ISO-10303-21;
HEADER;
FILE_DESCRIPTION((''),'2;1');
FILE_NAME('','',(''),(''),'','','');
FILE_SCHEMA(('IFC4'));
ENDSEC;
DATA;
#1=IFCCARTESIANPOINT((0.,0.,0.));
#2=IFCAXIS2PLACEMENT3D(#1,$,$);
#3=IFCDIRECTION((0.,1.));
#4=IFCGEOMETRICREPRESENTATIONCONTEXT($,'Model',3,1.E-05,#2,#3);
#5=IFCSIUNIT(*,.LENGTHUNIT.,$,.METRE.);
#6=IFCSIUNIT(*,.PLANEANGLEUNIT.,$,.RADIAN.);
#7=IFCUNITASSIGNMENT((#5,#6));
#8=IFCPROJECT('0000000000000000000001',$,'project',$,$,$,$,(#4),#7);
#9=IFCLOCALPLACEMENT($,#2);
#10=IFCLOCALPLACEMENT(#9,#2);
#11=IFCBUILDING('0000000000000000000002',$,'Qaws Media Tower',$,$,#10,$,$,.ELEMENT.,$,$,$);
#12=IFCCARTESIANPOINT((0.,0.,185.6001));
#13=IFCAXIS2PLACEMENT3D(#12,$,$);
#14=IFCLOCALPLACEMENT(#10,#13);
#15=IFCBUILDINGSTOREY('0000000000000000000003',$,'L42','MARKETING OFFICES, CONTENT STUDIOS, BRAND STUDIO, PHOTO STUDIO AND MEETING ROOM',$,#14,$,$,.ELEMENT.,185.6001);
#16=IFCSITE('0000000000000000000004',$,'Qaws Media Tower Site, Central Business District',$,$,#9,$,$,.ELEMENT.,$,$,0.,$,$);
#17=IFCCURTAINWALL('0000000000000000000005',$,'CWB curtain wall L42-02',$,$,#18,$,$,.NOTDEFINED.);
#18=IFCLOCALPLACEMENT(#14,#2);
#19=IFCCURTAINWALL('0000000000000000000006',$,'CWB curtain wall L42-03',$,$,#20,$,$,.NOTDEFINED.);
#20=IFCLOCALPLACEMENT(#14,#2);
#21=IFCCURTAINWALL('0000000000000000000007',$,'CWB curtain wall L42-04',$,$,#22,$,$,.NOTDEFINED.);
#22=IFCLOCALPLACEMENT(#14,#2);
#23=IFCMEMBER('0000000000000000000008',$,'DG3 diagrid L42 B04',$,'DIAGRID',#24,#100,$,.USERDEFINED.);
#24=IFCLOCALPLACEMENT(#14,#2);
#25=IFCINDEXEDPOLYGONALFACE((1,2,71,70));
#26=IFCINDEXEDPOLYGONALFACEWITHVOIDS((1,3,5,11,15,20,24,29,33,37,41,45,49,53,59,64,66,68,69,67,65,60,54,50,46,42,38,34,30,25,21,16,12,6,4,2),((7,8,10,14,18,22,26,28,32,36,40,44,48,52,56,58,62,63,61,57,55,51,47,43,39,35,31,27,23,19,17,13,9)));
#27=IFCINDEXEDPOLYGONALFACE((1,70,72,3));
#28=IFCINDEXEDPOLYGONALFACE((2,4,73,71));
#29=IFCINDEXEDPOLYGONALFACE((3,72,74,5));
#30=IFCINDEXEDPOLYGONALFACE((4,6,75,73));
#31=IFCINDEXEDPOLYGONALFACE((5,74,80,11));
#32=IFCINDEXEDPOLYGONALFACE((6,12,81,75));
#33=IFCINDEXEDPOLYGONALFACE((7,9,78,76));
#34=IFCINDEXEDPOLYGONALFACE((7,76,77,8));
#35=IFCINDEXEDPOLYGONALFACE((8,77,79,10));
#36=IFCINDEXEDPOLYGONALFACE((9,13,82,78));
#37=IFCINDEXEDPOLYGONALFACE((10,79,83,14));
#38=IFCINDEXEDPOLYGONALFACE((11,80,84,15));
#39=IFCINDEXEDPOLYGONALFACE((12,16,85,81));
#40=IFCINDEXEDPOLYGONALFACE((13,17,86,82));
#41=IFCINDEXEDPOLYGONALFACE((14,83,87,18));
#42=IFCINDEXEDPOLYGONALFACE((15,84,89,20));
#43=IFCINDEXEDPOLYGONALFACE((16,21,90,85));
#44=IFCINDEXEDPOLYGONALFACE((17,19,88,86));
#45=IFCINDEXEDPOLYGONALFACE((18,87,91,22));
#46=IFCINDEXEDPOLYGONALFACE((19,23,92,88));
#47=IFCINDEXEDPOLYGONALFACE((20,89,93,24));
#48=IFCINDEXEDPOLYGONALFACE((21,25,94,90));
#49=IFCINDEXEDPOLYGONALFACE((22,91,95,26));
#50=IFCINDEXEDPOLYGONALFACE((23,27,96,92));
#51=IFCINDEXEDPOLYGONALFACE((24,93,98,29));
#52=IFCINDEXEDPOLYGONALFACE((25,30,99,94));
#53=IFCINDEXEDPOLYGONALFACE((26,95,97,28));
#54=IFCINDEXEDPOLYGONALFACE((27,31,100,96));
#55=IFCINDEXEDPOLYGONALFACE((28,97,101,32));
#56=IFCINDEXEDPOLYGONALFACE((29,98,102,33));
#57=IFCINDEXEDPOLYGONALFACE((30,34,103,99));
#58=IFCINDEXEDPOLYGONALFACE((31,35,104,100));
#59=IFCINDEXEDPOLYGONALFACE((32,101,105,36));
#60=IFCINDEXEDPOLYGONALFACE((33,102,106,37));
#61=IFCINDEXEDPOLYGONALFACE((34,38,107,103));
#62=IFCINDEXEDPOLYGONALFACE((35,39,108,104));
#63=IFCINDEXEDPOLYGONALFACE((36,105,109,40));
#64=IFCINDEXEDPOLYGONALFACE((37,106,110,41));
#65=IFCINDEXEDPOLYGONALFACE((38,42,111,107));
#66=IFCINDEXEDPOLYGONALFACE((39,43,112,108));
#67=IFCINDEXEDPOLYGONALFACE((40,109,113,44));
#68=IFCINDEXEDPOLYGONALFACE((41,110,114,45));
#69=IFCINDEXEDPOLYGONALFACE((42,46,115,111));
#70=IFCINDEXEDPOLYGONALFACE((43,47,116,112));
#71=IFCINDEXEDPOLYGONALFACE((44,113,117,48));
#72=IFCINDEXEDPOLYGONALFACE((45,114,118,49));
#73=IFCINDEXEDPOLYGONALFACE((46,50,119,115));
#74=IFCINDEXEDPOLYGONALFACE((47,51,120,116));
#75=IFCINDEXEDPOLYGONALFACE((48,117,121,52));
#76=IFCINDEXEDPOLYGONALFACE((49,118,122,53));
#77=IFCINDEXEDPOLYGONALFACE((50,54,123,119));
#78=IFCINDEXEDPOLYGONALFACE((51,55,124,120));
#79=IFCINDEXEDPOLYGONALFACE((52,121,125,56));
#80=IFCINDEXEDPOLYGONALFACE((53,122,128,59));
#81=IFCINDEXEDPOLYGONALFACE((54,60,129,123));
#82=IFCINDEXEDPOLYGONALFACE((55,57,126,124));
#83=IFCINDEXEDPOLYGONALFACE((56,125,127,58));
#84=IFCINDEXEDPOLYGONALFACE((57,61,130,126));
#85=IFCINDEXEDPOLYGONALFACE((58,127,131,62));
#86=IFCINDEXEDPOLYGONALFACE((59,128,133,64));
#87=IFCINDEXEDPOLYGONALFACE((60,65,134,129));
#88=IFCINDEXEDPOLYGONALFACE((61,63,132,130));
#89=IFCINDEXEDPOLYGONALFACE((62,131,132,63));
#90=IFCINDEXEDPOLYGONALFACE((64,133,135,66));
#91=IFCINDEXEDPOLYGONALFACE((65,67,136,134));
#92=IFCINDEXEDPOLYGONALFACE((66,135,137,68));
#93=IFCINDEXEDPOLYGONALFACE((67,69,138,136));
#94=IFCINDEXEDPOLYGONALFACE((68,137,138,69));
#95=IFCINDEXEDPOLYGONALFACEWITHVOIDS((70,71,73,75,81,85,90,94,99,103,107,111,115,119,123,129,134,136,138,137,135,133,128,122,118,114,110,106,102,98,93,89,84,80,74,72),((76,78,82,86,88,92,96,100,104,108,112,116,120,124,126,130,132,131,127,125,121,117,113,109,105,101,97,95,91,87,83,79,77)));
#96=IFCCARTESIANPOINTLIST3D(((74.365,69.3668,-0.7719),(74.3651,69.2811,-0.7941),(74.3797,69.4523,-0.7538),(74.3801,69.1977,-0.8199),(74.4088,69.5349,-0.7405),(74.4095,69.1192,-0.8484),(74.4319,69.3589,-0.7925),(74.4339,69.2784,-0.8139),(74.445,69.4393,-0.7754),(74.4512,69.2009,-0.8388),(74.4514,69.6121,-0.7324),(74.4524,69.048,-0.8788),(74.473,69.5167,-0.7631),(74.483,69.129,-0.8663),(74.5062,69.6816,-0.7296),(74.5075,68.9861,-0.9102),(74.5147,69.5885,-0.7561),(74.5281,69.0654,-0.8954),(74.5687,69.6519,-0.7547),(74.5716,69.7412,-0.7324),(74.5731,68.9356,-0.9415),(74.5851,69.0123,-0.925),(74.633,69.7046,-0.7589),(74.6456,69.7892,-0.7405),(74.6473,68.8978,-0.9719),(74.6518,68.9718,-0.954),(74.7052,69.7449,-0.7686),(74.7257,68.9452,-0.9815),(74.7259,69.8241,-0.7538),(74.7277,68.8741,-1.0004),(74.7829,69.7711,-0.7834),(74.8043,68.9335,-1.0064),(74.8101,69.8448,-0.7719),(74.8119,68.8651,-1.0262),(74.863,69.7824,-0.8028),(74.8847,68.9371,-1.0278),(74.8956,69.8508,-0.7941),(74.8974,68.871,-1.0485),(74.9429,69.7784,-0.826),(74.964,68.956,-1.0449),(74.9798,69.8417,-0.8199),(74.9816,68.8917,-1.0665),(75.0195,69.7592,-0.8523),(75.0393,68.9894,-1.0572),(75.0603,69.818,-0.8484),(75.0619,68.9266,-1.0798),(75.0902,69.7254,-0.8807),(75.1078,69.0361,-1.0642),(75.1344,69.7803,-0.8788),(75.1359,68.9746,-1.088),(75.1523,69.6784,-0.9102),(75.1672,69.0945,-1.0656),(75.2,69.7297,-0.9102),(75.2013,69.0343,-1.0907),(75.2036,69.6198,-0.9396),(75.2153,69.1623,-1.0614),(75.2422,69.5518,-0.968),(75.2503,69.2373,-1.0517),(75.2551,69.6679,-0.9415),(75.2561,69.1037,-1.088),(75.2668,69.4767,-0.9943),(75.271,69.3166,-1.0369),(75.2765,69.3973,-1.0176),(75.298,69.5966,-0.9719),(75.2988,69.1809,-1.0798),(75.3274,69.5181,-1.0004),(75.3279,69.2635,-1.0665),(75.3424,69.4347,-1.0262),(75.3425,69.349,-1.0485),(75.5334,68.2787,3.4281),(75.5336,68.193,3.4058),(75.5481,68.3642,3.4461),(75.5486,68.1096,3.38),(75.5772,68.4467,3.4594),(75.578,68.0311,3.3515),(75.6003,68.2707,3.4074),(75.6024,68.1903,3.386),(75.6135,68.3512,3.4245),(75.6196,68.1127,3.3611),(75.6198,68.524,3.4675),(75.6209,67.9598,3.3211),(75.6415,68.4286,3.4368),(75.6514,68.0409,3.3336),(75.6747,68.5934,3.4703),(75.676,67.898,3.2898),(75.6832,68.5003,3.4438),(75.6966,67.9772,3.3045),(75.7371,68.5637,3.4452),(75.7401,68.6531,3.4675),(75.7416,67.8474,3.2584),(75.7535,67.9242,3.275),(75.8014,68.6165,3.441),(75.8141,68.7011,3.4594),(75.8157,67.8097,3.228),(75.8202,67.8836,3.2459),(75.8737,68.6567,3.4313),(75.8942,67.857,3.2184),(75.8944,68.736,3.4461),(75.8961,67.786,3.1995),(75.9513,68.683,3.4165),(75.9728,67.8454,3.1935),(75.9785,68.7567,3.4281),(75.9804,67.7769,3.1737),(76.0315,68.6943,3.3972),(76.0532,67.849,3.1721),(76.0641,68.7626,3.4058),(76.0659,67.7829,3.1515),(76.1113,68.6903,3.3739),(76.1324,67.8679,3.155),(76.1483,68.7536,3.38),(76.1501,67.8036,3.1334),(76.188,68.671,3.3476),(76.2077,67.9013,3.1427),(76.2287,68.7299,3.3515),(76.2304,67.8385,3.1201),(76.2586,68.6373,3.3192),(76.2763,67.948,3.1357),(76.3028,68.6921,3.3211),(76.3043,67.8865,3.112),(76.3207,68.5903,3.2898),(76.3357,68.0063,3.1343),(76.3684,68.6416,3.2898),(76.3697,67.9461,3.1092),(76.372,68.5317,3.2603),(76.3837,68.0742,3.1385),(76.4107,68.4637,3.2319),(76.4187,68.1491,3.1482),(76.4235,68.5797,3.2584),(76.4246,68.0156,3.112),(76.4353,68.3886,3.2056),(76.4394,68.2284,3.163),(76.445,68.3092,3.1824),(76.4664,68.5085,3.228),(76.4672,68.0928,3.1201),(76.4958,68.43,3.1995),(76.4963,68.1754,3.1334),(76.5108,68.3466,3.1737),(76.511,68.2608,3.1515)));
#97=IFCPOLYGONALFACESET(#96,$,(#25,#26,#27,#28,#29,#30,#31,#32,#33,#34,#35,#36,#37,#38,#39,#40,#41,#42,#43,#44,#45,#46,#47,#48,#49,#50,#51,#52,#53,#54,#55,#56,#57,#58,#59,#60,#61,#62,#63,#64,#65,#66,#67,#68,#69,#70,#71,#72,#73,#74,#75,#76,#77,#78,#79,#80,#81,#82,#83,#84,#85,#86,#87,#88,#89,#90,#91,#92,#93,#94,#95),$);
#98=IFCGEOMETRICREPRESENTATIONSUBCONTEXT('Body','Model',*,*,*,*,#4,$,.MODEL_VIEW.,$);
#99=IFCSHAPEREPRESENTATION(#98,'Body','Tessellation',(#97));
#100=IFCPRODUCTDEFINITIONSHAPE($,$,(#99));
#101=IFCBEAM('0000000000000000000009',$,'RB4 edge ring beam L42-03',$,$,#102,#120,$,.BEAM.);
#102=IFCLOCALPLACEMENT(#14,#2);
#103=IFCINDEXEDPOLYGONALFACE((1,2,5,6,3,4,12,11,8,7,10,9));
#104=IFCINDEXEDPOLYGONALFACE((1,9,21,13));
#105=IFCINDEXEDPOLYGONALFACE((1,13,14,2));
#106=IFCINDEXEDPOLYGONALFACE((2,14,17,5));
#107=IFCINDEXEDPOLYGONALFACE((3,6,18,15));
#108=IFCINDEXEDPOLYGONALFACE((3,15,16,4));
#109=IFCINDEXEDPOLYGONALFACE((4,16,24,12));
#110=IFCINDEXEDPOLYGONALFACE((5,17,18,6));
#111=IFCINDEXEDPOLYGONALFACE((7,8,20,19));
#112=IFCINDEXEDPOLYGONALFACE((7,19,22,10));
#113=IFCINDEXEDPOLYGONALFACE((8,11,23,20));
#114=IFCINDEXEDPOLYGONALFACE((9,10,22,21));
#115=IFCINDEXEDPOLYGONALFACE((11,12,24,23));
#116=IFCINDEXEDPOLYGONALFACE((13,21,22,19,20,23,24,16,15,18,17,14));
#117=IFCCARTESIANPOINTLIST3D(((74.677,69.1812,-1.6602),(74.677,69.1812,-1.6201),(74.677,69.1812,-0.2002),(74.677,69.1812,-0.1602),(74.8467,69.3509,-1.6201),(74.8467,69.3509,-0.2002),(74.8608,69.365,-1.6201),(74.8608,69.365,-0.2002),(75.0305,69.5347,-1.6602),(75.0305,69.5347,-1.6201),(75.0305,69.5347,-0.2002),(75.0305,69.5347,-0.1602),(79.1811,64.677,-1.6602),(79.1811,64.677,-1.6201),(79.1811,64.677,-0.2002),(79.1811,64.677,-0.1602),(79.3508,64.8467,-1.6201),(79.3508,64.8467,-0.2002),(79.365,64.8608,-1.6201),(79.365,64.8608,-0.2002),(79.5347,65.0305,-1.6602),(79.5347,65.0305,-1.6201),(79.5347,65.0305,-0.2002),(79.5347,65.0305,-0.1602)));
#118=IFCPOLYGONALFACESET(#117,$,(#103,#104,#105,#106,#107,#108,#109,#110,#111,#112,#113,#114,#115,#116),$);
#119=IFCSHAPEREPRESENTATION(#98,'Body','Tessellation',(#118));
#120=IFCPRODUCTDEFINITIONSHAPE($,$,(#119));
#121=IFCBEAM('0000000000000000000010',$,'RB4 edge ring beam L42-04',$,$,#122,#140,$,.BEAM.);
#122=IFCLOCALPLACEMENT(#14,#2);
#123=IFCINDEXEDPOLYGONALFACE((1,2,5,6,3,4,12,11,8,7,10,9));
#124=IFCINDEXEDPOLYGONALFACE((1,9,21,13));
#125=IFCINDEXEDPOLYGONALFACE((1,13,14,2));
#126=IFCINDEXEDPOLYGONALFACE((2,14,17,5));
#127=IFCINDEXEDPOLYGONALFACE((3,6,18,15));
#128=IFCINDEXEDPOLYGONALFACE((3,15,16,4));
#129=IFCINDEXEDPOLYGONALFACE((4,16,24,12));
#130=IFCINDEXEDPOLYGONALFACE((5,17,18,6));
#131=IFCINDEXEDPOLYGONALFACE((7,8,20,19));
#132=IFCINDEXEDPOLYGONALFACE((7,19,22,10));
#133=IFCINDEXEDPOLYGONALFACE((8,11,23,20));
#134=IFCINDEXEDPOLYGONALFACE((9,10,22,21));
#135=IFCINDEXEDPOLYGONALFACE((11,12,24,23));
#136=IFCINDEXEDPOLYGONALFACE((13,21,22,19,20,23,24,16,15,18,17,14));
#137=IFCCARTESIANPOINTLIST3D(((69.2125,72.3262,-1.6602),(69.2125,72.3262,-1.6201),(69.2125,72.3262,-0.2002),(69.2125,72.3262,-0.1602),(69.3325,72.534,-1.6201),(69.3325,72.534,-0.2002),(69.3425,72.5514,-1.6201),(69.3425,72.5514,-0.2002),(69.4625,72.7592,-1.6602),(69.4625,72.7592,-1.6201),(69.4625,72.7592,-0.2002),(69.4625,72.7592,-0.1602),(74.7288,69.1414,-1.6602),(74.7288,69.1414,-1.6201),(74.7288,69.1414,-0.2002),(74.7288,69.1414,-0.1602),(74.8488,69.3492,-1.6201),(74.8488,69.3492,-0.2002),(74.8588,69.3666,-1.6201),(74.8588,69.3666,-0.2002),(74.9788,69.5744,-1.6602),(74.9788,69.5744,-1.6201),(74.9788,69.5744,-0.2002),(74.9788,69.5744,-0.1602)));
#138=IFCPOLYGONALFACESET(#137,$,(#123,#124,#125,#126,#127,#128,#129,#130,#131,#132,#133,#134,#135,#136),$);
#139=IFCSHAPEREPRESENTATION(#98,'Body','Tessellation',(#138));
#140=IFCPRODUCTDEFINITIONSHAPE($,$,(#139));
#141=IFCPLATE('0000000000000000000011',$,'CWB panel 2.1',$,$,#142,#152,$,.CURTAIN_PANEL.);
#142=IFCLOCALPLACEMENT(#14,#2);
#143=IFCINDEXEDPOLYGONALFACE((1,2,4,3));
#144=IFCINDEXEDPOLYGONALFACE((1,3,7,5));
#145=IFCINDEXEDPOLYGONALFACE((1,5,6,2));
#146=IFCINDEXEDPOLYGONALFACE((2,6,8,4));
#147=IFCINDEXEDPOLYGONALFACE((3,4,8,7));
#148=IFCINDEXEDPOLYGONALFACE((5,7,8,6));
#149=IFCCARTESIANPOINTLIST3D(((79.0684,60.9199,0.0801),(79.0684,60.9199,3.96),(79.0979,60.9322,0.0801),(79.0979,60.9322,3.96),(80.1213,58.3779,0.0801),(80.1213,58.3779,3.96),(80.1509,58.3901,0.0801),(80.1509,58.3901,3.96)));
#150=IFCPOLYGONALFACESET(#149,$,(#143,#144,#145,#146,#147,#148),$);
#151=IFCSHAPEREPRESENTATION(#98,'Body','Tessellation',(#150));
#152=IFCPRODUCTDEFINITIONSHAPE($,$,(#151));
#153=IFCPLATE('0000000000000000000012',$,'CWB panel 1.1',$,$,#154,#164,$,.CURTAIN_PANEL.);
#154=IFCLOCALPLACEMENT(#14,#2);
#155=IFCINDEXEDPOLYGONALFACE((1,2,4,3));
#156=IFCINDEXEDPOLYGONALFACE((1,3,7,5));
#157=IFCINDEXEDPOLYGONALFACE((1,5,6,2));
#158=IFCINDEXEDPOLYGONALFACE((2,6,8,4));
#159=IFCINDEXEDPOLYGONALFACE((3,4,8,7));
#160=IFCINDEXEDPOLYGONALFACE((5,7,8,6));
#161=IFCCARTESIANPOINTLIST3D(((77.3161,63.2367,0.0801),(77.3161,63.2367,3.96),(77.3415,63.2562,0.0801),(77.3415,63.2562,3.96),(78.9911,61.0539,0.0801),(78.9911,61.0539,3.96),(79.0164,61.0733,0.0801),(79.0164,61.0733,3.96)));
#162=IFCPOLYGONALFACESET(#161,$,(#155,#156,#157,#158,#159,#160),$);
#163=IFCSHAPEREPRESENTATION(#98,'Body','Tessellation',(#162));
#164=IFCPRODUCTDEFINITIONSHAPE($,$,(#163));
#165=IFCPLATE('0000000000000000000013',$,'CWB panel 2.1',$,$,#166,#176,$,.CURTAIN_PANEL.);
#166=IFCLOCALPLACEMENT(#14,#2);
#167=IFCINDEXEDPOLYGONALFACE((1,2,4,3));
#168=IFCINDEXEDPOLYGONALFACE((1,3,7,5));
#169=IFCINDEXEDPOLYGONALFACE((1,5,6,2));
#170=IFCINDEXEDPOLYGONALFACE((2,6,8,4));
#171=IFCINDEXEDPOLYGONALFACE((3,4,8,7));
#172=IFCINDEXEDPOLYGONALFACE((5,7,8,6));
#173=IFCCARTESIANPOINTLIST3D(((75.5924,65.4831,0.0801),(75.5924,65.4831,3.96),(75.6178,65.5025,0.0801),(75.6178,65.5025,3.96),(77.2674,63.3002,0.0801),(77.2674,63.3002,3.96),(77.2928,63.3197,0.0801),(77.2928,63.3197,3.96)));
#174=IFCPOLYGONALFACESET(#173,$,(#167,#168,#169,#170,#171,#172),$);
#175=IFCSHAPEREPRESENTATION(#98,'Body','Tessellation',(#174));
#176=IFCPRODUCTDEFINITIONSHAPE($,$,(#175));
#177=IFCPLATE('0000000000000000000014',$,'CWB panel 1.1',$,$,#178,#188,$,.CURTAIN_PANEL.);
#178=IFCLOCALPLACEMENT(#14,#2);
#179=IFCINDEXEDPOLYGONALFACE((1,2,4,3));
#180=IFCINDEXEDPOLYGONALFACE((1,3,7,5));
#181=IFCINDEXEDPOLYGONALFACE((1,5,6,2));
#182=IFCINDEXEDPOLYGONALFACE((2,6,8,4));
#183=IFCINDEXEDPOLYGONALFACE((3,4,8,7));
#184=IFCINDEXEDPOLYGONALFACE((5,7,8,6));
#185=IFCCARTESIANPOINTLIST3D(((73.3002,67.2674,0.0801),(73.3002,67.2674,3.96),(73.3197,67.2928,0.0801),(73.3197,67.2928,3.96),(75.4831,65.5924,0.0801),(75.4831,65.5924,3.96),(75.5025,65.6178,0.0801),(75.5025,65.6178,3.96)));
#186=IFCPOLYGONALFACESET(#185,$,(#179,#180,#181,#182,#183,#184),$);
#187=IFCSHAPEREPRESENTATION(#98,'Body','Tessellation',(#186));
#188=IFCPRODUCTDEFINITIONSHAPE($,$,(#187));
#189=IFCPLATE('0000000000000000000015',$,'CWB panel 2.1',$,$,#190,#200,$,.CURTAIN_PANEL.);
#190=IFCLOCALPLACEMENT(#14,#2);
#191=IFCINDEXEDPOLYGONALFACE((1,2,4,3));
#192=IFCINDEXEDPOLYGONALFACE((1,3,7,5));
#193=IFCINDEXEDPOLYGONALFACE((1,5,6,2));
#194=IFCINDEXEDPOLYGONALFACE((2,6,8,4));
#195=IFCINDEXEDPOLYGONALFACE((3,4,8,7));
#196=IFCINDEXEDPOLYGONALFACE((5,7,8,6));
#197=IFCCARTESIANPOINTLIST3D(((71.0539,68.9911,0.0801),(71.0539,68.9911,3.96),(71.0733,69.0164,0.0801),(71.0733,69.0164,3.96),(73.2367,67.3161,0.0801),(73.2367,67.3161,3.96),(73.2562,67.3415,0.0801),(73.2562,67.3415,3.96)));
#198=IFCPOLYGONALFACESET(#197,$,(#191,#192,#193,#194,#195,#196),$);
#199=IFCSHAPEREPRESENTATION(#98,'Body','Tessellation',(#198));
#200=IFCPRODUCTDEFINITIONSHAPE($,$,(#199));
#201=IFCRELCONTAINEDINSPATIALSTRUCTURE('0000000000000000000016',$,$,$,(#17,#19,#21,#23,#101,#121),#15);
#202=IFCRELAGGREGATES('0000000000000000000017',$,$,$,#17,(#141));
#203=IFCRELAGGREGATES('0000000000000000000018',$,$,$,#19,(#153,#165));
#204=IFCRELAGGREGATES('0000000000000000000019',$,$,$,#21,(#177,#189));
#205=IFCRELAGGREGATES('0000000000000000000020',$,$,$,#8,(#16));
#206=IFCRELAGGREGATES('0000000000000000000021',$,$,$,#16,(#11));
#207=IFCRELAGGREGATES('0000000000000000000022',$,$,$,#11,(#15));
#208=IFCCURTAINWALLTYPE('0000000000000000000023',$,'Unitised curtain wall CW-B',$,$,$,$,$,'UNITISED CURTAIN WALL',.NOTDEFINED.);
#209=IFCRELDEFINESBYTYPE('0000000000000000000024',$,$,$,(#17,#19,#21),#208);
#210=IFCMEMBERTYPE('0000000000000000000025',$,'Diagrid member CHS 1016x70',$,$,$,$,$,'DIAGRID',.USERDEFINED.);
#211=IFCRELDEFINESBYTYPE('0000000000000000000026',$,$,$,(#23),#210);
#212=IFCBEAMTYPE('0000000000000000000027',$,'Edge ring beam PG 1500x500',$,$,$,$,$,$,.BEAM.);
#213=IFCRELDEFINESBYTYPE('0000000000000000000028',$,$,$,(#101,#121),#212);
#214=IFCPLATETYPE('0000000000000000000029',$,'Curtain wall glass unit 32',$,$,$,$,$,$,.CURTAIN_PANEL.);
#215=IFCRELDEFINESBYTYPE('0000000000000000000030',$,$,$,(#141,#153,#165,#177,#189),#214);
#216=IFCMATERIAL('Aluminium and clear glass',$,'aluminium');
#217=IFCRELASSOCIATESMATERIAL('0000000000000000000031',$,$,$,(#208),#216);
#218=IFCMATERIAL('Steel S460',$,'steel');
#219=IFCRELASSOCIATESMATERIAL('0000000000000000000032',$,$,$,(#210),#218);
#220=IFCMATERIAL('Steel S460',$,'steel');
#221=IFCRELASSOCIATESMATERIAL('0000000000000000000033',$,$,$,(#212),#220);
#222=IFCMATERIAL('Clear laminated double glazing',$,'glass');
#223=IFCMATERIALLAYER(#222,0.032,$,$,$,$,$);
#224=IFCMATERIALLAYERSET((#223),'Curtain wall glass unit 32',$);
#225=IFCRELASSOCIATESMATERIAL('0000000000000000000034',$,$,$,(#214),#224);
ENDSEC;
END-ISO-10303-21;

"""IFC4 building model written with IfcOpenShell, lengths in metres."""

from ifc_helpers import new_model, si_unit, direction, frame, origin, origin_2d, place, context, subcontext, project, spatial, rectangle, hollow_circle, i_section, extrude, material, layer, layer_set, material_profile, profile_set, type_object, element, aggregate, save


model = new_model("IFC4")

# Units and contexts
model_context = context("Model", 3, precision=1e-05, world=origin(), true_north=direction((0.0, 1.0)))
body_context = subcontext(model_context, "Body", "Model", "MODEL_VIEW")
ifc_project = project(units=[si_unit("LENGTHUNIT", "METRE"), si_unit("PLANEANGLEUNIT", "RADIAN")], contexts=[model_context])

# Site, building, storey
site_placement = place(None, origin())
site = spatial("IfcSite", under=ifc_project, at=site_placement, Name="Qaws Media Tower Site, Central Business District", CompositionType="ELEMENT", RefElevation=0.0)
building_placement = place(site_placement, origin())
building = spatial("IfcBuilding", under=site, at=building_placement, Name="Qaws Media Tower", CompositionType="ELEMENT")
storey_placement = place(building_placement, frame((0.0, 0.0, 185.6001)))
storey = spatial("IfcBuildingStorey", under=building, at=storey_placement, Name="L42", Description="MARKETING OFFICES, CONTENT STUDIOS, BRAND STUDIO, PHOTO STUDIO AND MEETING ROOM", CompositionType="ELEMENT", Elevation=185.6001)

# Curtain wall
ifc_material_1 = material(Name="Aluminium and clear glass", Category="aluminium")
curtain_wall_type = type_object("IfcCurtainWallType", Name="Unitised curtain wall CW-B", ElementType="UNITISED CURTAIN WALL", PredefinedType="NOTDEFINED", material=ifc_material_1)
curtain_wall_1_placement = place(storey_placement, origin())
curtain_wall_1 = element("IfcCurtainWall", 1, at=curtain_wall_1_placement, inside=storey, type_object=curtain_wall_type, Name="CWB curtain wall L42-02", PredefinedType="NOTDEFINED")

# Curtain walls
curtain_wall_2_placement = place(storey_placement, origin())
curtain_wall_2 = element("IfcCurtainWall", 2, at=curtain_wall_2_placement, inside=storey, type_object=curtain_wall_type, Name="CWB curtain wall L42-03", PredefinedType="NOTDEFINED")
curtain_wall_3_placement = place(storey_placement, origin())
curtain_wall_3 = element("IfcCurtainWall", 3, at=curtain_wall_3_placement, inside=storey, type_object=curtain_wall_type, Name="CWB curtain wall L42-04", PredefinedType="NOTDEFINED")

# Member
ifc_material_2 = material(Name="Steel S460", Category="steel")
ifc_material_profile_1 = material_profile(ifc_material_2, hollow_circle(Radius=0.5081, WallThickness=0.0701, at=origin_2d()), Name="CHS 1016x70")
ifc_profile_set_1 = profile_set([ifc_material_profile_1], Name="Steel S460")
member_type_1 = type_object("IfcMemberType", Name="Diagrid member CHS 1016x70", ElementType="DIAGRID", PredefinedType="USERDEFINED", material=ifc_profile_set_1)
for number, where, z_axis, x_axis, name in (
    (4, (74.8538, 69.3579, -0.9102), (0.26005, -0.242173, 0.934733), (0.681506, 0.731812, 0.0), "DG3 diagrid L42 B04"),
):
    element("IfcMember", number, at=place(storey_placement, frame(where, z_axis=z_axis, x_axis=x_axis)), inside=storey, type_object=member_type_1, Name=name, ObjectType="DIAGRID", PredefinedType="USERDEFINED", context=body_context, shape_type="SweptSolid", body=[
        extrude(hollow_circle(Radius=0.5081, WallThickness=0.0701, at=origin_2d()), origin(), (0.0, 0.0, 1.0), 4.4932),
    ])

# Beams
ifc_material_3 = material(Name="Steel S460", Category="steel")
ifc_material_profile_2 = material_profile(ifc_material_3, i_section(OverallWidth=0.5, OverallDepth=1.5, WebThickness=0.02, FlangeThickness=0.04, at=origin_2d()), Name="PG 1500x500")
ifc_profile_set_2 = profile_set([ifc_material_profile_2], Name="Steel S460")
beam_type = type_object("IfcBeamType", Name="Edge ring beam PG 1500x500", PredefinedType="BEAM", material=ifc_profile_set_2)
beam_1_placement = place(storey_placement, frame((79.3579, 64.8538, -0.9102), z_axis=(-0.707107, 0.707107, 0.0), x_axis=(-0.707107, -0.707107, 0.0)))
element("IfcBeam", 5, at=beam_1_placement, inside=storey, type_object=beam_type, Name="RB4 edge ring beam L42-03", PredefinedType="BEAM", context=body_context, shape_type="SweptSolid", body=[
    extrude(i_section(OverallWidth=0.5, OverallDepth=1.5, WebThickness=0.02, FlangeThickness=0.04, at=origin_2d()), origin(), (0.0, 0.0, 1.0), 6.3699),
])
beam_2_placement = place(storey_placement, frame((74.8538, 69.3579, -0.9102), z_axis=(-0.866029, 0.499993, 0.0), x_axis=(-0.499993, -0.866029, 0.0)))
element("IfcBeam", 6, at=beam_2_placement, inside=storey, type_object=beam_type, Name="RB4 edge ring beam L42-04", PredefinedType="BEAM", context=body_context, shape_type="SweptSolid", body=[
    extrude(i_section(OverallWidth=0.5, OverallDepth=1.5, WebThickness=0.02, FlangeThickness=0.04, at=origin_2d()), origin(), (0.0, 0.0, 1.0), 6.3696),
])

# Plates
ifc_material_4 = material(Name="Clear laminated double glazing", Category="glass")
ifc_layer_1 = layer(ifc_material_4, 0.032)
ifc_layer_set_1 = layer_set([ifc_layer_1], Name="Curtain wall glass unit 32")
plate_type_1 = type_object("IfcPlateType", Name="Curtain wall glass unit 32", PredefinedType="CURTAIN_PANEL", material=ifc_layer_set_1)
plate_1_placement = place(storey_placement, frame((79.6096, 59.655, 0.0801), z_axis=(0.0, 0.0, 1.0), x_axis=(-0.382683, 0.92388, 0.0)))
plate_1 = element("IfcPlate", 7, at=plate_1_placement, type_object=plate_type_1, Name="CWB panel 2.1", PredefinedType="CURTAIN_PANEL", context=body_context, shape_type="SweptSolid", body=[
    extrude(rectangle(XDim=2.7515, YDim=0.032, at=origin_2d()), origin(), (0.0, 0.0, 1.0), 3.8799),
])
aggregate(curtain_wall_1, [plate_1])
plate_2_placement = place(storey_placement, frame((78.1663, 62.155, 0.0801), z_axis=(0.0, 0.0, 1.0), x_axis=(-0.608761, 0.793353, 0.0)))
plate_2 = element("IfcPlate", 8, at=plate_2_placement, type_object=plate_type_1, Name="CWB panel 1.1", PredefinedType="CURTAIN_PANEL", context=body_context, shape_type="SweptSolid", body=[
    extrude(rectangle(XDim=2.7515, YDim=0.032, at=origin_2d()), origin(), (0.0, 0.0, 1.0), 3.8799),
])
plate_3_placement = place(storey_placement, frame((76.4426, 64.4014, 0.0801), z_axis=(0.0, 0.0, 1.0), x_axis=(-0.608761, 0.793353, 0.0)))
plate_3 = element("IfcPlate", 9, at=plate_3_placement, type_object=plate_type_1, Name="CWB panel 2.1", PredefinedType="CURTAIN_PANEL", context=body_context, shape_type="SweptSolid", body=[
    extrude(rectangle(XDim=2.7515, YDim=0.032, at=origin_2d()), origin(), (0.0, 0.0, 1.0), 3.8799),
])
aggregate(curtain_wall_2, [plate_2, plate_3])
plate_4_placement = place(storey_placement, frame((74.4014, 66.4426, 0.0801), z_axis=(0.0, 0.0, 1.0), x_axis=(-0.793353, 0.608761, 0.0)))
plate_4 = element("IfcPlate", 10, at=plate_4_placement, type_object=plate_type_1, Name="CWB panel 1.1", PredefinedType="CURTAIN_PANEL", context=body_context, shape_type="SweptSolid", body=[
    extrude(rectangle(XDim=2.7515, YDim=0.032, at=origin_2d()), origin(), (0.0, 0.0, 1.0), 3.8799),
])
plate_5_placement = place(storey_placement, frame((72.155, 68.1663, 0.0801), z_axis=(0.0, 0.0, 1.0), x_axis=(-0.793353, 0.608761, 0.0)))
plate_5 = element("IfcPlate", 11, at=plate_5_placement, type_object=plate_type_1, Name="CWB panel 2.1", PredefinedType="CURTAIN_PANEL", context=body_context, shape_type="SweptSolid", body=[
    extrude(rectangle(XDim=2.7515, YDim=0.032, at=origin_2d()), origin(), (0.0, 0.0, 1.0), 3.8799),
])
aggregate(curtain_wall_3, [plate_4, plate_5])

save(model, "model.ifc")
